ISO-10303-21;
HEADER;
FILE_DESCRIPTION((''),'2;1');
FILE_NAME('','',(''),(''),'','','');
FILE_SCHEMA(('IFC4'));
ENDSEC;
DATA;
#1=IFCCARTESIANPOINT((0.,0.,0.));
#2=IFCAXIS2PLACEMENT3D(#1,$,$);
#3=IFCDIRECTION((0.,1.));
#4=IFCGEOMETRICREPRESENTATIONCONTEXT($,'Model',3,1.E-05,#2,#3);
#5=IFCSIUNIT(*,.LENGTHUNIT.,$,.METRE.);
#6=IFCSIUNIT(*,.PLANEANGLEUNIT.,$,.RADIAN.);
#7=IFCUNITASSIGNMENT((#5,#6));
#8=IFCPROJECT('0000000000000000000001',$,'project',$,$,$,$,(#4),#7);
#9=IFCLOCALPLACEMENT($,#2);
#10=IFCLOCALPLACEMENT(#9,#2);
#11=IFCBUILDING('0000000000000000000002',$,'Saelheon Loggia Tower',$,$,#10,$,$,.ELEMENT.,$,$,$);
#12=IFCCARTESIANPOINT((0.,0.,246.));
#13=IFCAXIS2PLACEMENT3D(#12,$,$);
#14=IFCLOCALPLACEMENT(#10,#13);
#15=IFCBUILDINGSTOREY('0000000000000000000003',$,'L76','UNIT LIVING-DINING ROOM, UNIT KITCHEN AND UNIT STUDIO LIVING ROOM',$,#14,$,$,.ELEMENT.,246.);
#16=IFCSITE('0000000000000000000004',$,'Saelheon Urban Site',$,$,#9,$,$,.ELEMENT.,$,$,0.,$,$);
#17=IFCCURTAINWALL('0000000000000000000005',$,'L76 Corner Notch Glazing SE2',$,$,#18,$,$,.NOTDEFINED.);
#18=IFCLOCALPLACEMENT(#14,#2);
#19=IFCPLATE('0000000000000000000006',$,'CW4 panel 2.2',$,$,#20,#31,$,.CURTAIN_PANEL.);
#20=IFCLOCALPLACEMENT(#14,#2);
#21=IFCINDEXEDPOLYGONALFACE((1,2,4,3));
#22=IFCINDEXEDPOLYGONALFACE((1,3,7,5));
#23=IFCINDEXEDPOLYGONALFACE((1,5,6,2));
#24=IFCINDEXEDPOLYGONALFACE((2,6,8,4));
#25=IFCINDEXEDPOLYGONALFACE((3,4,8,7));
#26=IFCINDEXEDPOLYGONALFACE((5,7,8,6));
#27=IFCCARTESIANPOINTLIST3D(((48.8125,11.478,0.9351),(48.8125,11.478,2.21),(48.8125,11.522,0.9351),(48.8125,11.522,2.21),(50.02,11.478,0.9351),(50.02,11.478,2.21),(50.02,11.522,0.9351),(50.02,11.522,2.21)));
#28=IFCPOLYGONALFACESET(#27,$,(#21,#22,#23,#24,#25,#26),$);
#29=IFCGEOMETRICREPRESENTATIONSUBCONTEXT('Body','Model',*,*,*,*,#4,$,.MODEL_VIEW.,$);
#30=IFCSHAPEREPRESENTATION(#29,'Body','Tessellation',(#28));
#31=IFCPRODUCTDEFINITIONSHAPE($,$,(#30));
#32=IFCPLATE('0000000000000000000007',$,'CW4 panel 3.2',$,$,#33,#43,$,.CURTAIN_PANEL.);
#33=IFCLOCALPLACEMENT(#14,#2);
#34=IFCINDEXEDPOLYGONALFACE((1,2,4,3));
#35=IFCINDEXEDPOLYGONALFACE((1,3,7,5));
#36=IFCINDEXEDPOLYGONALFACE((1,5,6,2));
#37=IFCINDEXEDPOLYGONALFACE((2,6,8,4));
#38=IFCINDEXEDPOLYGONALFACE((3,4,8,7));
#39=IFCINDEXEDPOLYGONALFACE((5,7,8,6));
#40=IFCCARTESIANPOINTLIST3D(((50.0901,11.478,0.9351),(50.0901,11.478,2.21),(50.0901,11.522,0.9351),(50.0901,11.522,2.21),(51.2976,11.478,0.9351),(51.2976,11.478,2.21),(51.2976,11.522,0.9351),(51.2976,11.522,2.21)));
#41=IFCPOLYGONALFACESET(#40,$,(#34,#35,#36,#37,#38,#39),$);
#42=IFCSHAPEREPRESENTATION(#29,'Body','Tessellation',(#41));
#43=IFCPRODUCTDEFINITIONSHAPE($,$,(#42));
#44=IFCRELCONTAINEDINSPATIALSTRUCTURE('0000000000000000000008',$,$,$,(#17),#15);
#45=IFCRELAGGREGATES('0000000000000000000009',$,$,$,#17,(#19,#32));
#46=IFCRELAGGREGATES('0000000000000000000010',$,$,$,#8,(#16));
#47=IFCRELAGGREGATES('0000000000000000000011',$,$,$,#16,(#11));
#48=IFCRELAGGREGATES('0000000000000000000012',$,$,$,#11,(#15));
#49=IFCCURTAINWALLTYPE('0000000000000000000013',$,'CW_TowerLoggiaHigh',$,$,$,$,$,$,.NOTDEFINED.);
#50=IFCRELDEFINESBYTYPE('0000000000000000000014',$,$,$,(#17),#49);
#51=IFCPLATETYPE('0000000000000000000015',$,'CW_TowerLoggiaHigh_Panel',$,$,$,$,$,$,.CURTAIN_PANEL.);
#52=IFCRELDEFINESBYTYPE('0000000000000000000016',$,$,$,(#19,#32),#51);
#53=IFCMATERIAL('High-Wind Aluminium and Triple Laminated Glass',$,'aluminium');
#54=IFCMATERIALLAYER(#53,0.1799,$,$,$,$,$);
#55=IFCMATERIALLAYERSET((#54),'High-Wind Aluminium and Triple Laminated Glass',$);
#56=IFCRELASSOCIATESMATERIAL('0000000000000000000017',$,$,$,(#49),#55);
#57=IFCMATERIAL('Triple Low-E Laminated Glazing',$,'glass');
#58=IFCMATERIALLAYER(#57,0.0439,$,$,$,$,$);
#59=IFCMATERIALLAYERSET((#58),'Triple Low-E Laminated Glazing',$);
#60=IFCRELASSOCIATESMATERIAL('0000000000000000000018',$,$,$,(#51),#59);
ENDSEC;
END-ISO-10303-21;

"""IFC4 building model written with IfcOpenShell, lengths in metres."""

from ifc_helpers import new_model, si_unit, direction, frame, origin, origin_2d, place, context, subcontext, project, spatial, rectangle, extrude, source, transform, mapped, material, layer, layer_set, type_object, element, aggregate, save


model = new_model("IFC4")

# Units and contexts
model_context = context("Model", 3, precision=1e-05, world=origin(), true_north=direction((0.0, 1.0)))
body_context = subcontext(model_context, "Body", "Model", "MODEL_VIEW")
ifc_project = project(units=[si_unit("LENGTHUNIT", "METRE"), si_unit("PLANEANGLEUNIT", "RADIAN")], contexts=[model_context])

# Site, building, storey
site_placement = place(None, origin())
site = spatial("IfcSite", under=ifc_project, at=site_placement, Name="Saelheon Urban Site", CompositionType="ELEMENT", RefElevation=0.0)
building_placement = place(site_placement, origin())
building = spatial("IfcBuilding", under=site, at=building_placement, Name="Saelheon Loggia Tower", CompositionType="ELEMENT")
storey_placement = place(building_placement, frame((0.0, 0.0, 246.0)))
storey = spatial("IfcBuildingStorey", under=building, at=storey_placement, Name="L76", Description="UNIT LIVING-DINING ROOM, UNIT KITCHEN AND UNIT STUDIO LIVING ROOM", CompositionType="ELEMENT", Elevation=246.0)

# Shared definitions
ifc_material_1 = material(Name="High-Wind Aluminium and Triple Laminated Glass", Category="aluminium")
ifc_layer_1 = layer(ifc_material_1, 0.1799)
ifc_layer_set_1 = layer_set([ifc_layer_1], Name="High-Wind Aluminium and Triple Laminated Glass")
curtain_wall_type = type_object("IfcCurtainWallType", Name="CW_TowerLoggiaHigh", PredefinedType="NOTDEFINED", material=ifc_layer_set_1)

# Curtain wall
curtain_wall_1_placement = place(storey_placement, origin())
curtain_wall_1 = element("IfcCurtainWall", 1, at=curtain_wall_1_placement, inside=storey, type_object=curtain_wall_type, Name="L76 Corner Notch Glazing SE2", PredefinedType="NOTDEFINED")

# Plates
ifc_material_2 = material(Name="Triple Low-E Laminated Glazing", Category="glass")
ifc_layer_2 = layer(ifc_material_2, 0.0439)
ifc_layer_set_2 = layer_set([ifc_layer_2], Name="Triple Low-E Laminated Glazing")
plate_type = type_object("IfcPlateType", Name="CW_TowerLoggiaHigh_Panel", PredefinedType="CURTAIN_PANEL", material=ifc_layer_set_2)
shared_shape_1 = source(origin(), body_context, "Body", "SweptSolid", [
    extrude(rectangle(XDim=1.2075, YDim=0.0439, at=origin_2d()), origin(), (0.0, 0.0, 1.0), 1.2749),
])
plate_1_placement = place(storey_placement, frame((49.4163, 11.5, 0.9351), z_axis=(0.0, 0.0, 1.0), x_axis=(1.0, 0.0, 0.0)))
plate_1 = element("IfcPlate", 2, at=plate_1_placement, type_object=plate_type, Name="CW4 panel 2.2", PredefinedType="CURTAIN_PANEL", context=body_context, shape_type="MappedRepresentation", body=[
    mapped(shared_shape_1, transform((0.0, 0.0, 0.0), scale=1.0)),
])
plate_2_placement = place(storey_placement, frame((50.6938, 11.5, 0.9351), z_axis=(0.0, 0.0, 1.0), x_axis=(1.0, 0.0, 0.0)))
plate_2 = element("IfcPlate", 3, at=plate_2_placement, type_object=plate_type, Name="CW4 panel 3.2", PredefinedType="CURTAIN_PANEL", context=body_context, shape_type="MappedRepresentation", body=[
    mapped(shared_shape_1, transform((0.0, 0.0, 0.0), scale=1.0)),
])
aggregate(curtain_wall_1, [plate_1, plate_2])

save(model, "model.ifc")
